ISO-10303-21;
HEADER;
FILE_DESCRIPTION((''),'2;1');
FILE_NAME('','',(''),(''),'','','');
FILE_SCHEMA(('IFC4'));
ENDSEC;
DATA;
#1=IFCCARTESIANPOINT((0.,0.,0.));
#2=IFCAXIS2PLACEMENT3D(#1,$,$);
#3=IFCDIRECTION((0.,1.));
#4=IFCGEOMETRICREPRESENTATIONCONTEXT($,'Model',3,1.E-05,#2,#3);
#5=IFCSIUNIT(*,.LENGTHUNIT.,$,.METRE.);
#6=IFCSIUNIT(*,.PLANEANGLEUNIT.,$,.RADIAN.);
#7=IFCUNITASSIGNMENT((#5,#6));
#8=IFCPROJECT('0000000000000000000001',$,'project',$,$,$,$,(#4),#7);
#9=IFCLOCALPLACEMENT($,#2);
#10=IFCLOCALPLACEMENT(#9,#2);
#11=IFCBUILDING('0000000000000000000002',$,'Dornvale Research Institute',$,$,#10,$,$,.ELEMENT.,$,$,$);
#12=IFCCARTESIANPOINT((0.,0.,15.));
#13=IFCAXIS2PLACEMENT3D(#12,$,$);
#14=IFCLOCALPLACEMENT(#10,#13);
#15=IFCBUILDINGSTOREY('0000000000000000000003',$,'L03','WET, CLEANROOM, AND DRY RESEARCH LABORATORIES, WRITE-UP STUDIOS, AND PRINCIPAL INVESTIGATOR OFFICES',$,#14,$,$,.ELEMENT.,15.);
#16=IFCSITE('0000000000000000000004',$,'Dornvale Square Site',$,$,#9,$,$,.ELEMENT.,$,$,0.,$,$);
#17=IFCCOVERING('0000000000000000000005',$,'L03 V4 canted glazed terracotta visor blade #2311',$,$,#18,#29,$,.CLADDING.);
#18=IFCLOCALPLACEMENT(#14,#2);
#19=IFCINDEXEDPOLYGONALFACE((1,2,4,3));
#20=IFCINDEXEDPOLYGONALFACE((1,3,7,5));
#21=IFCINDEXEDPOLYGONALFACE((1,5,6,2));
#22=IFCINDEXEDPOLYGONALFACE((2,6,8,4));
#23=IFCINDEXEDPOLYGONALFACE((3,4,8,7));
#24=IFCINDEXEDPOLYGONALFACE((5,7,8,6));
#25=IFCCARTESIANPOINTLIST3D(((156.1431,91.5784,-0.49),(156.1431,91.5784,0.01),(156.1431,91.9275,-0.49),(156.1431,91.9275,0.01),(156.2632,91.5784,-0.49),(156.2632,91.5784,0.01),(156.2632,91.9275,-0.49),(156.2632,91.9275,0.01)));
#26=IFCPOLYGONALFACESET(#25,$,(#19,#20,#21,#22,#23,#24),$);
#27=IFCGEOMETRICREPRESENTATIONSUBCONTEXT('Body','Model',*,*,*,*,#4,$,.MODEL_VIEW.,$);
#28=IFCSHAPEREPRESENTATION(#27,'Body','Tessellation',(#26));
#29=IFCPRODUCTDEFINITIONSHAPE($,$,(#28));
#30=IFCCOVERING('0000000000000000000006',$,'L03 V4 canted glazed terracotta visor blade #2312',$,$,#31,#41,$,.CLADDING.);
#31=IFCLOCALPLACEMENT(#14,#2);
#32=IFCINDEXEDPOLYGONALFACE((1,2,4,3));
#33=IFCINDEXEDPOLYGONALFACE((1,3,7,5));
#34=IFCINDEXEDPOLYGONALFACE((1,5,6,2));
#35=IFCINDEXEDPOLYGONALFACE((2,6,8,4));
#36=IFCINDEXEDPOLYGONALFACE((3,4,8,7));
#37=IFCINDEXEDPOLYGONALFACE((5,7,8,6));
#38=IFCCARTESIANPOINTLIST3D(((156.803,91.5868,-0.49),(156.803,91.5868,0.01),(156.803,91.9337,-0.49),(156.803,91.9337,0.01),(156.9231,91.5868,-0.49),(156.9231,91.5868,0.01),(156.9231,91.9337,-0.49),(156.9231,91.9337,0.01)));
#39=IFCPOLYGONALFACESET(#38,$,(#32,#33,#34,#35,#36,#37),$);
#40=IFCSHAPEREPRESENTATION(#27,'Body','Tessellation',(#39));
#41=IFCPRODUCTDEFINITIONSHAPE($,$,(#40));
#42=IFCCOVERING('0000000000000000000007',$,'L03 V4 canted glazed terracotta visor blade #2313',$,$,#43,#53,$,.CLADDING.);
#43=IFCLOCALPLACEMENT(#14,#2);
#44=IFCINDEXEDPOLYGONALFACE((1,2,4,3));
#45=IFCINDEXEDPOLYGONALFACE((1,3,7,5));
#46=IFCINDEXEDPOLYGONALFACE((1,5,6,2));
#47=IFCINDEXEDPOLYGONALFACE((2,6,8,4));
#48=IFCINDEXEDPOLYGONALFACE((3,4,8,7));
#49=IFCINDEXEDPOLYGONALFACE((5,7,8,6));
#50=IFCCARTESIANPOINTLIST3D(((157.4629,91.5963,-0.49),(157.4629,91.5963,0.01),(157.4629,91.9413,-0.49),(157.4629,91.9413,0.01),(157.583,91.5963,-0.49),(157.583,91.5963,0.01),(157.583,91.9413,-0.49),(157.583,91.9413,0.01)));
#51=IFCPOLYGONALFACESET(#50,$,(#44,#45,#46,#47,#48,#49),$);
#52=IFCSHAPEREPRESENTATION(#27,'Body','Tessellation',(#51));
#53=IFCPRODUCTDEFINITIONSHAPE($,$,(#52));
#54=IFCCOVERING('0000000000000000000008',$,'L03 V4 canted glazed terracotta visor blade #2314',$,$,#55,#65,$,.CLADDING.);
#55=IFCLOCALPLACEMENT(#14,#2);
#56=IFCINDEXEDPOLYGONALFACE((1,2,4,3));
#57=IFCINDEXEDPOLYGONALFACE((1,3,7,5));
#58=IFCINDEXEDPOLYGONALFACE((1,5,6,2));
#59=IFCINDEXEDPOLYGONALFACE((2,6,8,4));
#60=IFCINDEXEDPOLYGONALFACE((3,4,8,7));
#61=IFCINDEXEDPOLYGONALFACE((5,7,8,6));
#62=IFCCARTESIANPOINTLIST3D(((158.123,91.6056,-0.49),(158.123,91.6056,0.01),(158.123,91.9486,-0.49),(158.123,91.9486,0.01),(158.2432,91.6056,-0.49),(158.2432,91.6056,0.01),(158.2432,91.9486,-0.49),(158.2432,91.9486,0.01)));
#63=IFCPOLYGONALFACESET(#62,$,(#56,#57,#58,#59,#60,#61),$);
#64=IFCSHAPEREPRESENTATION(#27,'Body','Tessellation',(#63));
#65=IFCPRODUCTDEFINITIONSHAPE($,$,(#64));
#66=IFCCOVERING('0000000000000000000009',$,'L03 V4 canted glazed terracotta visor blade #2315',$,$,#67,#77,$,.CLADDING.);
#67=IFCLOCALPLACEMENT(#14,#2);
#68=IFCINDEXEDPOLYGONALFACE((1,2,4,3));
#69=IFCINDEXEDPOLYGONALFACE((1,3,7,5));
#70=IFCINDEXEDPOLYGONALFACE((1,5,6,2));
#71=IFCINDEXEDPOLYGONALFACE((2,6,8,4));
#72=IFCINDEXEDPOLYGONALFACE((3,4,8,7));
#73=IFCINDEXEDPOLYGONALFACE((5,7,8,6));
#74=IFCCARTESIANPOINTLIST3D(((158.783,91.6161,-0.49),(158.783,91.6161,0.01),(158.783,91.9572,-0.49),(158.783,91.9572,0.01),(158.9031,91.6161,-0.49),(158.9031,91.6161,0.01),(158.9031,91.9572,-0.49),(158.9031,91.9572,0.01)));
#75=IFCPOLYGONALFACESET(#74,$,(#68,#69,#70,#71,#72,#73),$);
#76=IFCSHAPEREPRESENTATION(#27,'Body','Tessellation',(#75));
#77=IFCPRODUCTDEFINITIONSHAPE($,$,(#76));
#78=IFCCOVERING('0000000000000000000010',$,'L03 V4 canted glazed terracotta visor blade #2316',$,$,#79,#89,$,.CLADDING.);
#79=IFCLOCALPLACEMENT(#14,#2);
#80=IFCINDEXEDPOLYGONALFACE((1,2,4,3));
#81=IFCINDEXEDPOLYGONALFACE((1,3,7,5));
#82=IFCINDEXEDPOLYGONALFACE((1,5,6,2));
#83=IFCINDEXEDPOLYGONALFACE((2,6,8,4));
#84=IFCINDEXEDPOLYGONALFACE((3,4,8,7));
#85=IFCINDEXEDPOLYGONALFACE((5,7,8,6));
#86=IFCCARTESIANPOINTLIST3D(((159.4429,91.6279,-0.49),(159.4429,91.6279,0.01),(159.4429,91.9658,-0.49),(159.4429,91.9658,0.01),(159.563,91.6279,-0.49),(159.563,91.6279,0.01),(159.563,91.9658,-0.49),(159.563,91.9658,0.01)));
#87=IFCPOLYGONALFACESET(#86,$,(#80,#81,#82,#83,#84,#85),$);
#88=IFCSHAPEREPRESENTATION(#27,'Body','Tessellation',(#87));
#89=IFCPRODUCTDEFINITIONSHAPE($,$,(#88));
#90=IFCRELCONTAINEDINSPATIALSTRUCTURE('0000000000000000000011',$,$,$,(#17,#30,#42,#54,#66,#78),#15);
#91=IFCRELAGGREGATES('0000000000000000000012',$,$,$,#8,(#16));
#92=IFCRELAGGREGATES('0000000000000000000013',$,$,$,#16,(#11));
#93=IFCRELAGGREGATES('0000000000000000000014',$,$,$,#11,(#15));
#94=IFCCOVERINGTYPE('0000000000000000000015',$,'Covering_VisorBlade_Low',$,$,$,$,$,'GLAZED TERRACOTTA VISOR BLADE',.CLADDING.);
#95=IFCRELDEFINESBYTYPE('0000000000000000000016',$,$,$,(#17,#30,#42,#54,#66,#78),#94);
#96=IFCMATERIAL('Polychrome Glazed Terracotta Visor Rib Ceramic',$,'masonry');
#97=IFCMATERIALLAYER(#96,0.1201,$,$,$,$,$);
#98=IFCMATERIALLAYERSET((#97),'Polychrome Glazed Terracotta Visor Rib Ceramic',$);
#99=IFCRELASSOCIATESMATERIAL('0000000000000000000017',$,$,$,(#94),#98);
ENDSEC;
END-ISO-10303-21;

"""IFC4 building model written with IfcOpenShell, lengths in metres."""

from ifc_helpers import new_model, si_unit, direction, frame, origin, origin_2d, place, context, subcontext, project, spatial, rectangle, extrude, material, layer, layer_set, type_object, element, save


model = new_model("IFC4")

# Units and contexts
model_context = context("Model", 3, precision=1e-05, world=origin(), true_north=direction((0.0, 1.0)))
body_context = subcontext(model_context, "Body", "Model", "MODEL_VIEW")
ifc_project = project(units=[si_unit("LENGTHUNIT", "METRE"), si_unit("PLANEANGLEUNIT", "RADIAN")], contexts=[model_context])

# Site, building, storey
site_placement = place(None, origin())
site = spatial("IfcSite", under=ifc_project, at=site_placement, Name="Dornvale Square Site", CompositionType="ELEMENT", RefElevation=0.0)
building_placement = place(site_placement, origin())
building = spatial("IfcBuilding", under=site, at=building_placement, Name="Dornvale Research Institute", CompositionType="ELEMENT")
storey_placement = place(building_placement, frame((0.0, 0.0, 15.0)))
storey = spatial("IfcBuildingStorey", under=building, at=storey_placement, Name="L03", Description="WET, CLEANROOM, AND DRY RESEARCH LABORATORIES, WRITE-UP STUDIOS, AND PRINCIPAL INVESTIGATOR OFFICES", CompositionType="ELEMENT", Elevation=15.0)

# Coverings
ifc_material = material(Name="Polychrome Glazed Terracotta Visor Rib Ceramic", Category="masonry")
ifc_layer = layer(ifc_material, 0.1201)
ifc_layer_set = layer_set([ifc_layer], Name="Polychrome Glazed Terracotta Visor Rib Ceramic")
covering_type = type_object("IfcCoveringType", Name="Covering_VisorBlade_Low", ElementType="GLAZED TERRACOTTA VISOR BLADE", PredefinedType="CLADDING", material=ifc_layer_set)
covering_1_placement = place(storey_placement, frame((156.2031, 91.7529, -0.49), z_axis=(0.0, 0.0, 1.0), x_axis=(0.0, 1.0, 0.0)))
element("IfcCovering", 1, at=covering_1_placement, inside=storey, type_object=covering_type, Name="L03 V4 canted glazed terracotta visor blade #2311", PredefinedType="CLADDING", context=body_context, shape_type="SweptSolid", body=[
    extrude(rectangle(XDim=0.3491, YDim=0.1201, at=origin_2d()), origin(), (0.0, 0.0, 1.0), 0.5),
])
covering_2_placement = place(storey_placement, frame((156.863, 91.7603, -0.49), z_axis=(0.0, 0.0, 1.0), x_axis=(0.0, 1.0, 0.0)))
element("IfcCovering", 2, at=covering_2_placement, inside=storey, type_object=covering_type, Name="L03 V4 canted glazed terracotta visor blade #2312", PredefinedType="CLADDING", context=body_context, shape_type="SweptSolid", body=[
    extrude(rectangle(XDim=0.3469, YDim=0.1201, at=origin_2d()), origin(), (0.0, 0.0, 1.0), 0.5),
])
covering_3_placement = place(storey_placement, frame((157.5229, 91.7688, -0.49), z_axis=(0.0, 0.0, 1.0), x_axis=(0.0, 1.0, 0.0)))
element("IfcCovering", 3, at=covering_3_placement, inside=storey, type_object=covering_type, Name="L03 V4 canted glazed terracotta visor blade #2313", PredefinedType="CLADDING", context=body_context, shape_type="SweptSolid", body=[
    extrude(rectangle(XDim=0.345, YDim=0.1201, at=origin_2d()), origin(), (0.0, 0.0, 1.0), 0.5),
])
covering_4_placement = place(storey_placement, frame((158.1831, 91.7771, -0.49), z_axis=(0.0, 0.0, 1.0), x_axis=(0.0, 1.0, 0.0)))
element("IfcCovering", 4, at=covering_4_placement, inside=storey, type_object=covering_type, Name="L03 V4 canted glazed terracotta visor blade #2314", PredefinedType="CLADDING", context=body_context, shape_type="SweptSolid", body=[
    extrude(rectangle(XDim=0.343, YDim=0.1201, at=origin_2d()), origin(), (0.0, 0.0, 1.0), 0.5),
])
covering_5_placement = place(storey_placement, frame((158.843, 91.7866, -0.49), z_axis=(0.0, 0.0, 1.0), x_axis=(0.0, 1.0, 0.0)))
element("IfcCovering", 5, at=covering_5_placement, inside=storey, type_object=covering_type, Name="L03 V4 canted glazed terracotta visor blade #2315", PredefinedType="CLADDING", context=body_context, shape_type="SweptSolid", body=[
    extrude(rectangle(XDim=0.3411, YDim=0.1201, at=origin_2d()), origin(), (0.0, 0.0, 1.0), 0.5),
])
covering_6_placement = place(storey_placement, frame((159.5029, 91.7969, -0.49), z_axis=(0.0, 0.0, 1.0), x_axis=(0.0, 1.0, 0.0)))
element("IfcCovering", 6, at=covering_6_placement, inside=storey, type_object=covering_type, Name="L03 V4 canted glazed terracotta visor blade #2316", PredefinedType="CLADDING", context=body_context, shape_type="SweptSolid", body=[
    extrude(rectangle(XDim=0.3379, YDim=0.1201, at=origin_2d()), origin(), (0.0, 0.0, 1.0), 0.5),
])

save(model, "model.ifc")
